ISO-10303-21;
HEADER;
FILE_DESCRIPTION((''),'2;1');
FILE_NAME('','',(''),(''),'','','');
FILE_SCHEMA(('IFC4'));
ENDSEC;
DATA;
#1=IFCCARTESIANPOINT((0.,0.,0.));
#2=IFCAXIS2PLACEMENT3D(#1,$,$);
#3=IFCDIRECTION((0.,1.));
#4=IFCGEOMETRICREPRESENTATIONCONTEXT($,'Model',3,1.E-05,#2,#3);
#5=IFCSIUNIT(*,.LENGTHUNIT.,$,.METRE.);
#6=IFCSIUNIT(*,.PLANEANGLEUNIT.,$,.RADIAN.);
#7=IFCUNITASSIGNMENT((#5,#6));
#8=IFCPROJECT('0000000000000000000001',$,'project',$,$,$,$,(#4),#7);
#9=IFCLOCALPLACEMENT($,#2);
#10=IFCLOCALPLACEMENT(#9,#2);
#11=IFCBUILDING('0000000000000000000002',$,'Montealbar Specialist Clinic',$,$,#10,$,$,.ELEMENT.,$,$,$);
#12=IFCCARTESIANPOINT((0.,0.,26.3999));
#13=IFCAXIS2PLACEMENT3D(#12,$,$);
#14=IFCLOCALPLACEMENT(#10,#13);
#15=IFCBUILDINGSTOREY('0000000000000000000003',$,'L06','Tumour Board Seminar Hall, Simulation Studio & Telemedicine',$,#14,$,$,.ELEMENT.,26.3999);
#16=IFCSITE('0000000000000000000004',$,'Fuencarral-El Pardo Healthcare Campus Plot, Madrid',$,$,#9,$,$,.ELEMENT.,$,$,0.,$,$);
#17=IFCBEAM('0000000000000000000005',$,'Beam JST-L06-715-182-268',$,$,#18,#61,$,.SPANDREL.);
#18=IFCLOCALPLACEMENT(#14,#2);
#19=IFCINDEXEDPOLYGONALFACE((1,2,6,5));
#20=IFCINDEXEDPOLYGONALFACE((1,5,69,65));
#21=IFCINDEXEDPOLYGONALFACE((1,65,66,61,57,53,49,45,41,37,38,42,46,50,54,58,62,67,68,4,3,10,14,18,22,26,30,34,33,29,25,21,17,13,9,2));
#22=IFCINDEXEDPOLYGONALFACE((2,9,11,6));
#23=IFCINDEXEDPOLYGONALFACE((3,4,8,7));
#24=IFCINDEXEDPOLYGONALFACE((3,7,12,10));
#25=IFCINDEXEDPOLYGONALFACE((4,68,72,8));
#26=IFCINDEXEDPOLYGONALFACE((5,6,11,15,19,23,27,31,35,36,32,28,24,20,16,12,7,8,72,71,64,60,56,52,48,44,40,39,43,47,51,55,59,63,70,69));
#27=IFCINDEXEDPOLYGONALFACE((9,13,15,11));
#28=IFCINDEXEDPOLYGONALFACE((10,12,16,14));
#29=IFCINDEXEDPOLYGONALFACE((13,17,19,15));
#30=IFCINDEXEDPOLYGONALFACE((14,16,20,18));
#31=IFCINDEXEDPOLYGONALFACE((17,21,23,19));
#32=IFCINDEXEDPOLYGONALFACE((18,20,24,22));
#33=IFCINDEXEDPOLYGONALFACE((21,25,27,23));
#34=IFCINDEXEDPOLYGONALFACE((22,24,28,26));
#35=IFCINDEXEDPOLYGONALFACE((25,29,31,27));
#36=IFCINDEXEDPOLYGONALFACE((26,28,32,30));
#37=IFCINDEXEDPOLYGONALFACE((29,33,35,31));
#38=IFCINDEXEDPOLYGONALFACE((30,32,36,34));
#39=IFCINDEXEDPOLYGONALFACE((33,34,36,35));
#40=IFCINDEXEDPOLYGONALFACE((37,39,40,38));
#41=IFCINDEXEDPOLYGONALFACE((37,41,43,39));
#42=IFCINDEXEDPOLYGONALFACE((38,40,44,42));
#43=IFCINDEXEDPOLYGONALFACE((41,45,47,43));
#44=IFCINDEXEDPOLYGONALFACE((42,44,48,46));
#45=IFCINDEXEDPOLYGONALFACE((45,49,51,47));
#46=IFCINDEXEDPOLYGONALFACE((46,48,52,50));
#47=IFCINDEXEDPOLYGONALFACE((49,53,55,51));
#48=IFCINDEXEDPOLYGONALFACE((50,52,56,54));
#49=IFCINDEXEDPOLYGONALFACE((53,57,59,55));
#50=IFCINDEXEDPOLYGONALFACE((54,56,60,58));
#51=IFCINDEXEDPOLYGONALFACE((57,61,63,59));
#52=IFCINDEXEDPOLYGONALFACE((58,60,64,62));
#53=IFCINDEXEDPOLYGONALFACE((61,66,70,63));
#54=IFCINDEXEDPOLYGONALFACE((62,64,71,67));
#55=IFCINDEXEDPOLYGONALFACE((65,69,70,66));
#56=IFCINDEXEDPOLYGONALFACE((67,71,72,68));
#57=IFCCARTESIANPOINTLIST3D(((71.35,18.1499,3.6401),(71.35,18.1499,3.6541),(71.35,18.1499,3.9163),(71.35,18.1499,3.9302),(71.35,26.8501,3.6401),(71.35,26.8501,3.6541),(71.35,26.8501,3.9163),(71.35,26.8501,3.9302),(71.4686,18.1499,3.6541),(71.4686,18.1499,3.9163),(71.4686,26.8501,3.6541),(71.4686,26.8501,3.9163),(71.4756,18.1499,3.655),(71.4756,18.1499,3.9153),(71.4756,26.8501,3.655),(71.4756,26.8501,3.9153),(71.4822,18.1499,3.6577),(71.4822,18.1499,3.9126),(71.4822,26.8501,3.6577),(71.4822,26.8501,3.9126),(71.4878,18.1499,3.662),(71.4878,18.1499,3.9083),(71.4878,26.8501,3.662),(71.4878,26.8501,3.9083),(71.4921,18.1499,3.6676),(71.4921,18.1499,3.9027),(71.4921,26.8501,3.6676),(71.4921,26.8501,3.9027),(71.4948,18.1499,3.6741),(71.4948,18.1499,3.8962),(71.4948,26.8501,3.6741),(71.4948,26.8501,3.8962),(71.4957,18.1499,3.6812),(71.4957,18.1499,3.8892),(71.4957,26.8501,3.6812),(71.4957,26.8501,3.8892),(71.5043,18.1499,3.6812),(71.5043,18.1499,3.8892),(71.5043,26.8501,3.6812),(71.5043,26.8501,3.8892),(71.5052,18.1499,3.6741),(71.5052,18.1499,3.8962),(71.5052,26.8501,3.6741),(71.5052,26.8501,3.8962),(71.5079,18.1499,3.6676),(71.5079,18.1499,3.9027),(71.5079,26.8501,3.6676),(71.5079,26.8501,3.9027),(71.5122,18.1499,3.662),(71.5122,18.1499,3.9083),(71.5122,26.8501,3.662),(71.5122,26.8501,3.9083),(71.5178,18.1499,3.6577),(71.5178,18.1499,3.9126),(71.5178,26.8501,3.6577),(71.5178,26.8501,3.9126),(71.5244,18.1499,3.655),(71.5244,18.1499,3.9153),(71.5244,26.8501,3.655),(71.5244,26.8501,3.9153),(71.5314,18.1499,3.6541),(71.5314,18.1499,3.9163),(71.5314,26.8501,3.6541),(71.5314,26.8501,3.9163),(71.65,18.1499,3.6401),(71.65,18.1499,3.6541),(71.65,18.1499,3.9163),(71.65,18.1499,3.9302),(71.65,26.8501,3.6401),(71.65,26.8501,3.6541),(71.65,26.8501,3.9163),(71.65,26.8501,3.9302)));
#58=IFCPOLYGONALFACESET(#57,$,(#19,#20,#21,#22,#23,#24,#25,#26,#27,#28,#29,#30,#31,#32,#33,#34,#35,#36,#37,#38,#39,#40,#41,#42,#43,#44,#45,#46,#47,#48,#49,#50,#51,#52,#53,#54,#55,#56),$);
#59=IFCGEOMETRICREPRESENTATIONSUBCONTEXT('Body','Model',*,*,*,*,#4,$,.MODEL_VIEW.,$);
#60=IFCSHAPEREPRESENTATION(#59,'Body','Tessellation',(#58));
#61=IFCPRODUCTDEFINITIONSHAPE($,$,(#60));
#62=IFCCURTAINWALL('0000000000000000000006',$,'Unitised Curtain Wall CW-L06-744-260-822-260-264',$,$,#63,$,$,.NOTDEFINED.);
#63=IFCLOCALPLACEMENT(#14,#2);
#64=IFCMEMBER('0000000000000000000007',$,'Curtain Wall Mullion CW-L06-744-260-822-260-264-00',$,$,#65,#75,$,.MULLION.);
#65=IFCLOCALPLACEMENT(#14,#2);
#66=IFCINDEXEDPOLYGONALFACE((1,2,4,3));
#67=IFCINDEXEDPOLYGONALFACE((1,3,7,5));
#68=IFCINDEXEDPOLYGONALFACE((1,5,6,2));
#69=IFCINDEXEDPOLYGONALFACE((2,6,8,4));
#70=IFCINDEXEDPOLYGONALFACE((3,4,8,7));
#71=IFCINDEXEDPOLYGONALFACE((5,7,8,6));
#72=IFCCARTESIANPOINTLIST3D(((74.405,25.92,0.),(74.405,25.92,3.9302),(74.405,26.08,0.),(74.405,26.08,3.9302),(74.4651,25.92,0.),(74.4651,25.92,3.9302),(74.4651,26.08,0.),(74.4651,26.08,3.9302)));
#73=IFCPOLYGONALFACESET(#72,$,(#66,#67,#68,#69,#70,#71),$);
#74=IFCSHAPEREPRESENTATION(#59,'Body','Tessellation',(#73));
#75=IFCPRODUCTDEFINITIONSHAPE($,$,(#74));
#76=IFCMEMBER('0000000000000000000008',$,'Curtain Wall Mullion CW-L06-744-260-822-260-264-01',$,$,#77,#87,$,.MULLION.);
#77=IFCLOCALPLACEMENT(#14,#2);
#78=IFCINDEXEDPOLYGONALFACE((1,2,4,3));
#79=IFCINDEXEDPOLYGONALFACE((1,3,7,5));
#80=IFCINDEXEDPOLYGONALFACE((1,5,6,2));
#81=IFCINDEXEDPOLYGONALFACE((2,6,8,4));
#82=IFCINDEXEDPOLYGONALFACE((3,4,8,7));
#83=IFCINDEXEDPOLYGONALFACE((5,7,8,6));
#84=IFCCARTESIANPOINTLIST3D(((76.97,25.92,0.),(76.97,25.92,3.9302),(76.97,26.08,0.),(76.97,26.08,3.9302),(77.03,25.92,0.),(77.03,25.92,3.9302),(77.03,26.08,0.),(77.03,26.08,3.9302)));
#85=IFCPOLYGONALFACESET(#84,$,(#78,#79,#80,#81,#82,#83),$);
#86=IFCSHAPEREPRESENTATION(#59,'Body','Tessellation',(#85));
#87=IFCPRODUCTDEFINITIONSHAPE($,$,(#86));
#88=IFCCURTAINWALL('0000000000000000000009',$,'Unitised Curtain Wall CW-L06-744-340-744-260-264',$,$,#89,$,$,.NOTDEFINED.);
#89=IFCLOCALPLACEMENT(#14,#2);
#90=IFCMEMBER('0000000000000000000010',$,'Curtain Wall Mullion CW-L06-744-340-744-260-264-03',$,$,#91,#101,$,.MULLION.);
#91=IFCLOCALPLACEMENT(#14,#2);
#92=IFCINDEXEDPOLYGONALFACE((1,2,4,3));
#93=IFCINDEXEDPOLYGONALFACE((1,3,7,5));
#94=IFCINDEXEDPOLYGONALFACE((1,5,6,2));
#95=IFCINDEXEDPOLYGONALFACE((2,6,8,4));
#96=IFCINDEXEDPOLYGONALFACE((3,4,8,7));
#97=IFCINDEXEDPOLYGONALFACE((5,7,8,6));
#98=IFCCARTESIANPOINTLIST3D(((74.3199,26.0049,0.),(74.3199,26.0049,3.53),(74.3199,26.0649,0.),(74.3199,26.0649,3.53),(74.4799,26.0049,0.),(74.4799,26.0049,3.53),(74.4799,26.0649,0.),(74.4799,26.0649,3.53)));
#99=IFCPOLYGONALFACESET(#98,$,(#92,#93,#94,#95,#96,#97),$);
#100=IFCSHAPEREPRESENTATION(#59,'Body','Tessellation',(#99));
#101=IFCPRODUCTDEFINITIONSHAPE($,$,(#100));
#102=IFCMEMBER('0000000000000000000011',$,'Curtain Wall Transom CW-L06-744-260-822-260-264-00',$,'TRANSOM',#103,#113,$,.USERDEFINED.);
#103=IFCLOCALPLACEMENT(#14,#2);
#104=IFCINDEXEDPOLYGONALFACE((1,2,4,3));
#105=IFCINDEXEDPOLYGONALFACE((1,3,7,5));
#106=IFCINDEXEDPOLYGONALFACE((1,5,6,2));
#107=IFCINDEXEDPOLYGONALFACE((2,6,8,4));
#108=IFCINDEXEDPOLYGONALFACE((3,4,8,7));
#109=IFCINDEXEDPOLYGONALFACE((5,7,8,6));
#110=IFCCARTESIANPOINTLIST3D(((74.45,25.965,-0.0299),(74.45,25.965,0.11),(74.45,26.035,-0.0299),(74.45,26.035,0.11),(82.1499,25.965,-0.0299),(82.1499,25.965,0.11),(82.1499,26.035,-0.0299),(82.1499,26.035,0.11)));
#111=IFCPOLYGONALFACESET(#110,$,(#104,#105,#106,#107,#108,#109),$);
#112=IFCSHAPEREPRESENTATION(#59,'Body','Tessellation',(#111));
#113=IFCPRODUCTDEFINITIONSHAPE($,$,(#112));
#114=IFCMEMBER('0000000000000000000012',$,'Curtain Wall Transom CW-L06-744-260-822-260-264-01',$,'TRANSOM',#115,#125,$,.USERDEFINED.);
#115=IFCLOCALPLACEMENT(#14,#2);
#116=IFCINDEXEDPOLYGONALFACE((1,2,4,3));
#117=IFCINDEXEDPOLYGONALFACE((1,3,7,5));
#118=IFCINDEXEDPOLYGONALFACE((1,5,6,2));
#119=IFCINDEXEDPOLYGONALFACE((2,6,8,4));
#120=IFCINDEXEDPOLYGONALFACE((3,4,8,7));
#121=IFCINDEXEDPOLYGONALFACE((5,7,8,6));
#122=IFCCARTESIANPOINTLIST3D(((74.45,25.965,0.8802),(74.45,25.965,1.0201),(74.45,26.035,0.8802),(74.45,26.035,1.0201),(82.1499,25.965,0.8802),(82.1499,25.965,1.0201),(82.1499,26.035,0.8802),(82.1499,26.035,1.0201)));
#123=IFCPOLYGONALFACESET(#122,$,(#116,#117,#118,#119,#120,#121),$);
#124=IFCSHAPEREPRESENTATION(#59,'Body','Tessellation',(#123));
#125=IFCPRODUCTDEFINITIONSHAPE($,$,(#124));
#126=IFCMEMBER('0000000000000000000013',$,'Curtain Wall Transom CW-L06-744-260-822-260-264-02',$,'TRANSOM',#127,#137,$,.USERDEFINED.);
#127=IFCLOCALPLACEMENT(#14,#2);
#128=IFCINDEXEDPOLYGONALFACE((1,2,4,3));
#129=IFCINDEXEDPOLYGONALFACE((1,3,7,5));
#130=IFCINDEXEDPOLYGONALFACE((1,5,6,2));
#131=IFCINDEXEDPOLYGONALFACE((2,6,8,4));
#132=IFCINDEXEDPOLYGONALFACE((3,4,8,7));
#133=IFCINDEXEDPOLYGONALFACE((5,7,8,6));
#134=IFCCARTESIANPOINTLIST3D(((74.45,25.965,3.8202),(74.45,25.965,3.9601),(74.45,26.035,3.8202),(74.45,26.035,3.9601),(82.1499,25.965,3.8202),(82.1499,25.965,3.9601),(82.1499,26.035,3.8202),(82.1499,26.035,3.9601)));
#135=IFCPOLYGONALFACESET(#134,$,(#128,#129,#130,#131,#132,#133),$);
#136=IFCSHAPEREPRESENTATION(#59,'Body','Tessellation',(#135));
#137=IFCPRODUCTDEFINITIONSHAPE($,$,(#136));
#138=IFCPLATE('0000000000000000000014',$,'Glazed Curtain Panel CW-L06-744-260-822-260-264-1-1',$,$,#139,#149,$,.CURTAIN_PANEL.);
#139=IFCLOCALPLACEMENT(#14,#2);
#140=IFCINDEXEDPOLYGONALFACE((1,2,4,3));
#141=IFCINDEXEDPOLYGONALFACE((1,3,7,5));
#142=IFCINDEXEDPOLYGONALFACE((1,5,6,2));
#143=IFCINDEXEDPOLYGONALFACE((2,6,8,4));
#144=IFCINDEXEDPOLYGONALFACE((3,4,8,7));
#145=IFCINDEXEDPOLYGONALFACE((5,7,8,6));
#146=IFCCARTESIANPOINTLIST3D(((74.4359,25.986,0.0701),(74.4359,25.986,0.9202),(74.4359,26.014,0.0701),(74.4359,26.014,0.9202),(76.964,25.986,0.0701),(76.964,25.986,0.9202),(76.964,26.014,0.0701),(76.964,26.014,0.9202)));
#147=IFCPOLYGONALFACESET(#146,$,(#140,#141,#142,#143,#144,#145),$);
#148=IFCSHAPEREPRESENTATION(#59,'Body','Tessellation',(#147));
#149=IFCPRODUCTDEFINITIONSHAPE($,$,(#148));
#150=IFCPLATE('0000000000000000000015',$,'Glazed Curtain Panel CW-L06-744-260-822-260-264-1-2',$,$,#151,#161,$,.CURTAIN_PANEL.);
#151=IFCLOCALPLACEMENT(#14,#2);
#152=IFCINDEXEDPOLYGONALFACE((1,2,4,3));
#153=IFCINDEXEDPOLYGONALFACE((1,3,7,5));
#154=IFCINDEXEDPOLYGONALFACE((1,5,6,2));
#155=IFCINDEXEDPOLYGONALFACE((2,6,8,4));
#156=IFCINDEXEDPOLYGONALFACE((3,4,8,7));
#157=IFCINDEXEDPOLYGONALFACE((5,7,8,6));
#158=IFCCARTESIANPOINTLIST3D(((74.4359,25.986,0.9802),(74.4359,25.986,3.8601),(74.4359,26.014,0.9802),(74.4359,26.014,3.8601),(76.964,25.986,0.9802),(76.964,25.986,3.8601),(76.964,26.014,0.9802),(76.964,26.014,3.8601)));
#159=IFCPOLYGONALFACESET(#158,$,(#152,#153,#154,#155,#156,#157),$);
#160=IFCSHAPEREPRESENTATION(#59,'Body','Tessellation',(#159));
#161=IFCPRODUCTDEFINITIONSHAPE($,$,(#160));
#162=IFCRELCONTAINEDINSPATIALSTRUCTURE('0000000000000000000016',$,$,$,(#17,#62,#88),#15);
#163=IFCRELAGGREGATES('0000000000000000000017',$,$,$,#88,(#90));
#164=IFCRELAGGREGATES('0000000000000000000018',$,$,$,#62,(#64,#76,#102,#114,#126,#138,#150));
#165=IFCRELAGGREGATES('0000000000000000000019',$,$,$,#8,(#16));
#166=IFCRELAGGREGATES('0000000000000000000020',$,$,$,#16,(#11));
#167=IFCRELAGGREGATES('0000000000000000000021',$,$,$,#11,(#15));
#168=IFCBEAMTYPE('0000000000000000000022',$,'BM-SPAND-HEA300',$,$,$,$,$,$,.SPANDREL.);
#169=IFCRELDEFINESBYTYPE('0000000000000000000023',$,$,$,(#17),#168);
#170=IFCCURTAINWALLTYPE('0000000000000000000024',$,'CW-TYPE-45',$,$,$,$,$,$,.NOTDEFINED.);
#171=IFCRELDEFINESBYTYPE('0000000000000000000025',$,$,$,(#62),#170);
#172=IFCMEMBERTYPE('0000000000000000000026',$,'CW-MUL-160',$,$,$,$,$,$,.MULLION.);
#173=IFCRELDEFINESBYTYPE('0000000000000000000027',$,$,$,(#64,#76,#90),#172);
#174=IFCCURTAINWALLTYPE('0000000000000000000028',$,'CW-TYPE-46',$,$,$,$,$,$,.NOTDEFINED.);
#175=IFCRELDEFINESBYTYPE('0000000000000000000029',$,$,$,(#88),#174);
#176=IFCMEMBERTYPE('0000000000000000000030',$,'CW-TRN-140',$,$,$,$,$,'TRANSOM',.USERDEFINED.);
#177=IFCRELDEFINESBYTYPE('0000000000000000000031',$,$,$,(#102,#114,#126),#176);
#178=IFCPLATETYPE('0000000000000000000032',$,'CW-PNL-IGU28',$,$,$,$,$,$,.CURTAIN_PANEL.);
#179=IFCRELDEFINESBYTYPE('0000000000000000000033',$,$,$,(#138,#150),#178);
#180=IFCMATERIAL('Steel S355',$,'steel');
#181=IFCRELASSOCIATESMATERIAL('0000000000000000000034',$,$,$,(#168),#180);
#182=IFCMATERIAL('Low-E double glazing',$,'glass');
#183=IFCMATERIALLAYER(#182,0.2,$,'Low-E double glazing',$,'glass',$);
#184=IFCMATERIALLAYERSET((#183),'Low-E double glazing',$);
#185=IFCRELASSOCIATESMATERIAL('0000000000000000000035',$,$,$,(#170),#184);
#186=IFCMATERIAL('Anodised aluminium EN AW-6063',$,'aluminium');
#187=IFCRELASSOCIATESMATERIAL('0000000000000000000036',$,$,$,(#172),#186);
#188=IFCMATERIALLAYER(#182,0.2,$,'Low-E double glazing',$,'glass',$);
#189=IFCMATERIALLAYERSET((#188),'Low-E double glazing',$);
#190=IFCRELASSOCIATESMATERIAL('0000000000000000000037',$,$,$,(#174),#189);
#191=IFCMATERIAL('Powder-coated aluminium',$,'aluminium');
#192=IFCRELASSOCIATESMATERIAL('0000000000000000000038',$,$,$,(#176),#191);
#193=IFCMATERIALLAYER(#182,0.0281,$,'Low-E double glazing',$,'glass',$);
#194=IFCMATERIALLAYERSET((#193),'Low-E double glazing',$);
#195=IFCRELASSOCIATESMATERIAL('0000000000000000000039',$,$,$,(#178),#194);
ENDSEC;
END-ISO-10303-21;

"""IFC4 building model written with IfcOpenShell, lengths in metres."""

from ifc_helpers import new_model, si_unit, direction, frame, origin, origin_2d, place, context, subcontext, project, spatial, rectangle, i_section, extrude, material, layer, layer_set, material_profile, profile_set, type_object, element, aggregate, save


model = new_model("IFC4")

# Units and contexts
model_context = context("Model", 3, precision=1e-05, world=origin(), true_north=direction((0.0, 1.0)))
body_context = subcontext(model_context, "Body", "Model", "MODEL_VIEW")
ifc_project = project(units=[si_unit("LENGTHUNIT", "METRE"), si_unit("PLANEANGLEUNIT", "RADIAN")], contexts=[model_context])

# Site, building, storey
site_placement = place(None, origin())
site = spatial("IfcSite", under=ifc_project, at=site_placement, Name="Fuencarral-El Pardo Healthcare Campus Plot, Madrid", CompositionType="ELEMENT", RefElevation=0.0)
building_placement = place(site_placement, origin())
building = spatial("IfcBuilding", under=site, at=building_placement, Name="Montealbar Specialist Clinic", CompositionType="ELEMENT")
storey_placement = place(building_placement, frame((0.0, 0.0, 26.3999)))
storey = spatial("IfcBuildingStorey", under=building, at=storey_placement, Name="L06", Description="Tumour Board Seminar Hall, Simulation Studio & Telemedicine", CompositionType="ELEMENT", Elevation=26.3999)

# Shared definitions
ifc_material_1 = material(Name="Steel S355", Category="steel")

# Beam
ifc_material_profile_1 = material_profile(ifc_material_1, i_section(OverallWidth=0.3, OverallDepth=0.29, WebThickness=0.0085, FlangeThickness=0.0139, FilletRadius=0.0271, at=origin_2d()), Name="HEA 300", Category="steel")
ifc_profile_set_1 = profile_set([ifc_material_profile_1], Name="Steel S355")
beam_type_1 = type_object("IfcBeamType", Name="BM-SPAND-HEA300", PredefinedType="SPANDREL", material=ifc_profile_set_1)
beam_1_placement = place(storey_placement, frame((71.5, 18.1499, 3.7852), z_axis=(0.0, 1.0, 0.0), x_axis=(-1.0, 0.0, 0.0)))
element("IfcBeam", 1, at=beam_1_placement, inside=storey, type_object=beam_type_1, Name="Beam JST-L06-715-182-268", PredefinedType="SPANDREL", context=body_context, shape_type="SweptSolid", body=[
    extrude(i_section(OverallWidth=0.3, OverallDepth=0.29, WebThickness=0.0085, FlangeThickness=0.0139, FilletRadius=0.0271, at=origin_2d()), origin(), (0.0, 0.0, 1.0), 8.7002),
])

# Curtain wall, members
ifc_material_2 = material(Name="Low-E double glazing", Category="glass")
ifc_layer_1 = layer(ifc_material_2, 0.2, Name="Low-E double glazing", Category="glass")
ifc_layer_set_1 = layer_set([ifc_layer_1], Name="Low-E double glazing")
curtain_wall_type_1 = type_object("IfcCurtainWallType", Name="CW-TYPE-45", PredefinedType="NOTDEFINED", material=ifc_layer_set_1)
curtain_wall_1_placement = place(storey_placement, origin())
curtain_wall_1 = element("IfcCurtainWall", 2, at=curtain_wall_1_placement, inside=storey, type_object=curtain_wall_type_1, Name="Unitised Curtain Wall CW-L06-744-260-822-260-264", PredefinedType="NOTDEFINED")
ifc_material_3 = material(Name="Anodised aluminium EN AW-6063", Category="aluminium")
ifc_material_profile_2 = material_profile(ifc_material_3, rectangle(XDim=0.0601, YDim=0.1599, at=origin_2d()), Name="ALU 60x160", Category="aluminium")
ifc_profile_set_2 = profile_set([ifc_material_profile_2], Name="Anodised aluminium EN AW-6063")
member_type_1 = type_object("IfcMemberType", Name="CW-MUL-160", PredefinedType="MULLION", material=ifc_profile_set_2)
member_1_placement = place(storey_placement, frame((74.4351, 26.0, 0.0), z_axis=(0.0, 0.0, 1.0), x_axis=(1.0, 0.0, 0.0)))
member_1 = element("IfcMember", 3, at=member_1_placement, type_object=member_type_1, Name="Curtain Wall Mullion CW-L06-744-260-822-260-264-00", PredefinedType="MULLION", context=body_context, shape_type="SweptSolid", body=[
    extrude(rectangle(XDim=0.0601, YDim=0.1599, at=origin_2d()), origin(), (0.0, 0.0, 1.0), 3.9302),
])
member_2_placement = place(storey_placement, frame((77.0, 26.0, 0.0), z_axis=(0.0, 0.0, 1.0), x_axis=(1.0, 0.0, 0.0)))
member_2 = element("IfcMember", 4, at=member_2_placement, type_object=member_type_1, Name="Curtain Wall Mullion CW-L06-744-260-822-260-264-01", PredefinedType="MULLION", context=body_context, shape_type="SweptSolid", body=[
    extrude(rectangle(XDim=0.0601, YDim=0.1599, at=origin_2d()), origin(), (0.0, 0.0, 1.0), 3.9302),
])

# Curtain wall, member
ifc_layer_2 = layer(ifc_material_2, 0.2, Name="Low-E double glazing", Category="glass")
ifc_layer_set_2 = layer_set([ifc_layer_2], Name="Low-E double glazing")
curtain_wall_type_2 = type_object("IfcCurtainWallType", Name="CW-TYPE-46", PredefinedType="NOTDEFINED", material=ifc_layer_set_2)
curtain_wall_2_placement = place(storey_placement, origin())
curtain_wall_2 = element("IfcCurtainWall", 5, at=curtain_wall_2_placement, inside=storey, type_object=curtain_wall_type_2, Name="Unitised Curtain Wall CW-L06-744-340-744-260-264", PredefinedType="NOTDEFINED")
member_3_placement = place(storey_placement, frame((74.3999, 26.0349, 0.0), z_axis=(0.0, 0.0, 1.0), x_axis=(0.0, -1.0, 0.0)))
member_3 = element("IfcMember", 6, at=member_3_placement, type_object=member_type_1, Name="Curtain Wall Mullion CW-L06-744-340-744-260-264-03", PredefinedType="MULLION", context=body_context, shape_type="SweptSolid", body=[
    extrude(rectangle(XDim=0.0601, YDim=0.1599, at=origin_2d()), origin(), (0.0, 0.0, 1.0), 3.53),
])
aggregate(curtain_wall_2, [member_3])

# Members
ifc_material_4 = material(Name="Powder-coated aluminium", Category="aluminium")
ifc_material_profile_3 = material_profile(ifc_material_4, rectangle(XDim=0.0701, YDim=0.1399, at=origin_2d()), Name="ALU 70x140", Category="aluminium")
ifc_profile_set_3 = profile_set([ifc_material_profile_3], Name="Powder-coated aluminium")
member_type_2 = type_object("IfcMemberType", Name="CW-TRN-140", ElementType="TRANSOM", PredefinedType="USERDEFINED", material=ifc_profile_set_3)
member_4_placement = place(storey_placement, frame((74.45, 26.0, 0.04), z_axis=(1.0, 0.0, 0.0), x_axis=(0.0, 1.0, 0.0)))
member_4 = element("IfcMember", 7, at=member_4_placement, type_object=member_type_2, Name="Curtain Wall Transom CW-L06-744-260-822-260-264-00", ObjectType="TRANSOM", PredefinedType="USERDEFINED", context=body_context, shape_type="SweptSolid", body=[
    extrude(rectangle(XDim=0.0701, YDim=0.1399, at=origin_2d()), origin(), (0.0, 0.0, 1.0), 7.7),
])
member_5_placement = place(storey_placement, frame((74.45, 26.0, 0.9502), z_axis=(1.0, 0.0, 0.0), x_axis=(0.0, 1.0, 0.0)))
member_5 = element("IfcMember", 8, at=member_5_placement, type_object=member_type_2, Name="Curtain Wall Transom CW-L06-744-260-822-260-264-01", ObjectType="TRANSOM", PredefinedType="USERDEFINED", context=body_context, shape_type="SweptSolid", body=[
    extrude(rectangle(XDim=0.0701, YDim=0.1399, at=origin_2d()), origin(), (0.0, 0.0, 1.0), 7.7),
])
member_6_placement = place(storey_placement, frame((74.45, 26.0, 3.8901), z_axis=(1.0, 0.0, 0.0), x_axis=(0.0, 1.0, 0.0)))
member_6 = element("IfcMember", 9, at=member_6_placement, type_object=member_type_2, Name="Curtain Wall Transom CW-L06-744-260-822-260-264-02", ObjectType="TRANSOM", PredefinedType="USERDEFINED", context=body_context, shape_type="SweptSolid", body=[
    extrude(rectangle(XDim=0.0701, YDim=0.1399, at=origin_2d()), origin(), (0.0, 0.0, 1.0), 7.7),
])

# Plates
ifc_layer_3 = layer(ifc_material_2, 0.0281, Name="Low-E double glazing", Category="glass")
ifc_layer_set_3 = layer_set([ifc_layer_3], Name="Low-E double glazing")
plate_type = type_object("IfcPlateType", Name="CW-PNL-IGU28", PredefinedType="CURTAIN_PANEL", material=ifc_layer_set_3)
plate_1_placement = place(storey_placement, frame((75.7, 26.0, 0.0701), z_axis=(0.0, 0.0, 1.0), x_axis=(1.0, 0.0, 0.0)))
plate_1 = element("IfcPlate", 10, at=plate_1_placement, type_object=plate_type, Name="Glazed Curtain Panel CW-L06-744-260-822-260-264-1-1", PredefinedType="CURTAIN_PANEL", context=body_context, shape_type="SweptSolid", body=[
    extrude(rectangle(XDim=2.5281, YDim=0.0281, at=origin_2d()), origin(), (0.0, 0.0, 1.0), 0.8501),
])
plate_2_placement = place(storey_placement, frame((75.7, 26.0, 0.9802), z_axis=(0.0, 0.0, 1.0), x_axis=(1.0, 0.0, 0.0)))
plate_2 = element("IfcPlate", 11, at=plate_2_placement, type_object=plate_type, Name="Glazed Curtain Panel CW-L06-744-260-822-260-264-1-2", PredefinedType="CURTAIN_PANEL", context=body_context, shape_type="SweptSolid", body=[
    extrude(rectangle(XDim=2.5281, YDim=0.0281, at=origin_2d()), origin(), (0.0, 0.0, 1.0), 2.8799),
])
aggregate(curtain_wall_1, [member_1, member_2, member_4, member_5, member_6, plate_1, plate_2])

save(model, "model.ifc")
